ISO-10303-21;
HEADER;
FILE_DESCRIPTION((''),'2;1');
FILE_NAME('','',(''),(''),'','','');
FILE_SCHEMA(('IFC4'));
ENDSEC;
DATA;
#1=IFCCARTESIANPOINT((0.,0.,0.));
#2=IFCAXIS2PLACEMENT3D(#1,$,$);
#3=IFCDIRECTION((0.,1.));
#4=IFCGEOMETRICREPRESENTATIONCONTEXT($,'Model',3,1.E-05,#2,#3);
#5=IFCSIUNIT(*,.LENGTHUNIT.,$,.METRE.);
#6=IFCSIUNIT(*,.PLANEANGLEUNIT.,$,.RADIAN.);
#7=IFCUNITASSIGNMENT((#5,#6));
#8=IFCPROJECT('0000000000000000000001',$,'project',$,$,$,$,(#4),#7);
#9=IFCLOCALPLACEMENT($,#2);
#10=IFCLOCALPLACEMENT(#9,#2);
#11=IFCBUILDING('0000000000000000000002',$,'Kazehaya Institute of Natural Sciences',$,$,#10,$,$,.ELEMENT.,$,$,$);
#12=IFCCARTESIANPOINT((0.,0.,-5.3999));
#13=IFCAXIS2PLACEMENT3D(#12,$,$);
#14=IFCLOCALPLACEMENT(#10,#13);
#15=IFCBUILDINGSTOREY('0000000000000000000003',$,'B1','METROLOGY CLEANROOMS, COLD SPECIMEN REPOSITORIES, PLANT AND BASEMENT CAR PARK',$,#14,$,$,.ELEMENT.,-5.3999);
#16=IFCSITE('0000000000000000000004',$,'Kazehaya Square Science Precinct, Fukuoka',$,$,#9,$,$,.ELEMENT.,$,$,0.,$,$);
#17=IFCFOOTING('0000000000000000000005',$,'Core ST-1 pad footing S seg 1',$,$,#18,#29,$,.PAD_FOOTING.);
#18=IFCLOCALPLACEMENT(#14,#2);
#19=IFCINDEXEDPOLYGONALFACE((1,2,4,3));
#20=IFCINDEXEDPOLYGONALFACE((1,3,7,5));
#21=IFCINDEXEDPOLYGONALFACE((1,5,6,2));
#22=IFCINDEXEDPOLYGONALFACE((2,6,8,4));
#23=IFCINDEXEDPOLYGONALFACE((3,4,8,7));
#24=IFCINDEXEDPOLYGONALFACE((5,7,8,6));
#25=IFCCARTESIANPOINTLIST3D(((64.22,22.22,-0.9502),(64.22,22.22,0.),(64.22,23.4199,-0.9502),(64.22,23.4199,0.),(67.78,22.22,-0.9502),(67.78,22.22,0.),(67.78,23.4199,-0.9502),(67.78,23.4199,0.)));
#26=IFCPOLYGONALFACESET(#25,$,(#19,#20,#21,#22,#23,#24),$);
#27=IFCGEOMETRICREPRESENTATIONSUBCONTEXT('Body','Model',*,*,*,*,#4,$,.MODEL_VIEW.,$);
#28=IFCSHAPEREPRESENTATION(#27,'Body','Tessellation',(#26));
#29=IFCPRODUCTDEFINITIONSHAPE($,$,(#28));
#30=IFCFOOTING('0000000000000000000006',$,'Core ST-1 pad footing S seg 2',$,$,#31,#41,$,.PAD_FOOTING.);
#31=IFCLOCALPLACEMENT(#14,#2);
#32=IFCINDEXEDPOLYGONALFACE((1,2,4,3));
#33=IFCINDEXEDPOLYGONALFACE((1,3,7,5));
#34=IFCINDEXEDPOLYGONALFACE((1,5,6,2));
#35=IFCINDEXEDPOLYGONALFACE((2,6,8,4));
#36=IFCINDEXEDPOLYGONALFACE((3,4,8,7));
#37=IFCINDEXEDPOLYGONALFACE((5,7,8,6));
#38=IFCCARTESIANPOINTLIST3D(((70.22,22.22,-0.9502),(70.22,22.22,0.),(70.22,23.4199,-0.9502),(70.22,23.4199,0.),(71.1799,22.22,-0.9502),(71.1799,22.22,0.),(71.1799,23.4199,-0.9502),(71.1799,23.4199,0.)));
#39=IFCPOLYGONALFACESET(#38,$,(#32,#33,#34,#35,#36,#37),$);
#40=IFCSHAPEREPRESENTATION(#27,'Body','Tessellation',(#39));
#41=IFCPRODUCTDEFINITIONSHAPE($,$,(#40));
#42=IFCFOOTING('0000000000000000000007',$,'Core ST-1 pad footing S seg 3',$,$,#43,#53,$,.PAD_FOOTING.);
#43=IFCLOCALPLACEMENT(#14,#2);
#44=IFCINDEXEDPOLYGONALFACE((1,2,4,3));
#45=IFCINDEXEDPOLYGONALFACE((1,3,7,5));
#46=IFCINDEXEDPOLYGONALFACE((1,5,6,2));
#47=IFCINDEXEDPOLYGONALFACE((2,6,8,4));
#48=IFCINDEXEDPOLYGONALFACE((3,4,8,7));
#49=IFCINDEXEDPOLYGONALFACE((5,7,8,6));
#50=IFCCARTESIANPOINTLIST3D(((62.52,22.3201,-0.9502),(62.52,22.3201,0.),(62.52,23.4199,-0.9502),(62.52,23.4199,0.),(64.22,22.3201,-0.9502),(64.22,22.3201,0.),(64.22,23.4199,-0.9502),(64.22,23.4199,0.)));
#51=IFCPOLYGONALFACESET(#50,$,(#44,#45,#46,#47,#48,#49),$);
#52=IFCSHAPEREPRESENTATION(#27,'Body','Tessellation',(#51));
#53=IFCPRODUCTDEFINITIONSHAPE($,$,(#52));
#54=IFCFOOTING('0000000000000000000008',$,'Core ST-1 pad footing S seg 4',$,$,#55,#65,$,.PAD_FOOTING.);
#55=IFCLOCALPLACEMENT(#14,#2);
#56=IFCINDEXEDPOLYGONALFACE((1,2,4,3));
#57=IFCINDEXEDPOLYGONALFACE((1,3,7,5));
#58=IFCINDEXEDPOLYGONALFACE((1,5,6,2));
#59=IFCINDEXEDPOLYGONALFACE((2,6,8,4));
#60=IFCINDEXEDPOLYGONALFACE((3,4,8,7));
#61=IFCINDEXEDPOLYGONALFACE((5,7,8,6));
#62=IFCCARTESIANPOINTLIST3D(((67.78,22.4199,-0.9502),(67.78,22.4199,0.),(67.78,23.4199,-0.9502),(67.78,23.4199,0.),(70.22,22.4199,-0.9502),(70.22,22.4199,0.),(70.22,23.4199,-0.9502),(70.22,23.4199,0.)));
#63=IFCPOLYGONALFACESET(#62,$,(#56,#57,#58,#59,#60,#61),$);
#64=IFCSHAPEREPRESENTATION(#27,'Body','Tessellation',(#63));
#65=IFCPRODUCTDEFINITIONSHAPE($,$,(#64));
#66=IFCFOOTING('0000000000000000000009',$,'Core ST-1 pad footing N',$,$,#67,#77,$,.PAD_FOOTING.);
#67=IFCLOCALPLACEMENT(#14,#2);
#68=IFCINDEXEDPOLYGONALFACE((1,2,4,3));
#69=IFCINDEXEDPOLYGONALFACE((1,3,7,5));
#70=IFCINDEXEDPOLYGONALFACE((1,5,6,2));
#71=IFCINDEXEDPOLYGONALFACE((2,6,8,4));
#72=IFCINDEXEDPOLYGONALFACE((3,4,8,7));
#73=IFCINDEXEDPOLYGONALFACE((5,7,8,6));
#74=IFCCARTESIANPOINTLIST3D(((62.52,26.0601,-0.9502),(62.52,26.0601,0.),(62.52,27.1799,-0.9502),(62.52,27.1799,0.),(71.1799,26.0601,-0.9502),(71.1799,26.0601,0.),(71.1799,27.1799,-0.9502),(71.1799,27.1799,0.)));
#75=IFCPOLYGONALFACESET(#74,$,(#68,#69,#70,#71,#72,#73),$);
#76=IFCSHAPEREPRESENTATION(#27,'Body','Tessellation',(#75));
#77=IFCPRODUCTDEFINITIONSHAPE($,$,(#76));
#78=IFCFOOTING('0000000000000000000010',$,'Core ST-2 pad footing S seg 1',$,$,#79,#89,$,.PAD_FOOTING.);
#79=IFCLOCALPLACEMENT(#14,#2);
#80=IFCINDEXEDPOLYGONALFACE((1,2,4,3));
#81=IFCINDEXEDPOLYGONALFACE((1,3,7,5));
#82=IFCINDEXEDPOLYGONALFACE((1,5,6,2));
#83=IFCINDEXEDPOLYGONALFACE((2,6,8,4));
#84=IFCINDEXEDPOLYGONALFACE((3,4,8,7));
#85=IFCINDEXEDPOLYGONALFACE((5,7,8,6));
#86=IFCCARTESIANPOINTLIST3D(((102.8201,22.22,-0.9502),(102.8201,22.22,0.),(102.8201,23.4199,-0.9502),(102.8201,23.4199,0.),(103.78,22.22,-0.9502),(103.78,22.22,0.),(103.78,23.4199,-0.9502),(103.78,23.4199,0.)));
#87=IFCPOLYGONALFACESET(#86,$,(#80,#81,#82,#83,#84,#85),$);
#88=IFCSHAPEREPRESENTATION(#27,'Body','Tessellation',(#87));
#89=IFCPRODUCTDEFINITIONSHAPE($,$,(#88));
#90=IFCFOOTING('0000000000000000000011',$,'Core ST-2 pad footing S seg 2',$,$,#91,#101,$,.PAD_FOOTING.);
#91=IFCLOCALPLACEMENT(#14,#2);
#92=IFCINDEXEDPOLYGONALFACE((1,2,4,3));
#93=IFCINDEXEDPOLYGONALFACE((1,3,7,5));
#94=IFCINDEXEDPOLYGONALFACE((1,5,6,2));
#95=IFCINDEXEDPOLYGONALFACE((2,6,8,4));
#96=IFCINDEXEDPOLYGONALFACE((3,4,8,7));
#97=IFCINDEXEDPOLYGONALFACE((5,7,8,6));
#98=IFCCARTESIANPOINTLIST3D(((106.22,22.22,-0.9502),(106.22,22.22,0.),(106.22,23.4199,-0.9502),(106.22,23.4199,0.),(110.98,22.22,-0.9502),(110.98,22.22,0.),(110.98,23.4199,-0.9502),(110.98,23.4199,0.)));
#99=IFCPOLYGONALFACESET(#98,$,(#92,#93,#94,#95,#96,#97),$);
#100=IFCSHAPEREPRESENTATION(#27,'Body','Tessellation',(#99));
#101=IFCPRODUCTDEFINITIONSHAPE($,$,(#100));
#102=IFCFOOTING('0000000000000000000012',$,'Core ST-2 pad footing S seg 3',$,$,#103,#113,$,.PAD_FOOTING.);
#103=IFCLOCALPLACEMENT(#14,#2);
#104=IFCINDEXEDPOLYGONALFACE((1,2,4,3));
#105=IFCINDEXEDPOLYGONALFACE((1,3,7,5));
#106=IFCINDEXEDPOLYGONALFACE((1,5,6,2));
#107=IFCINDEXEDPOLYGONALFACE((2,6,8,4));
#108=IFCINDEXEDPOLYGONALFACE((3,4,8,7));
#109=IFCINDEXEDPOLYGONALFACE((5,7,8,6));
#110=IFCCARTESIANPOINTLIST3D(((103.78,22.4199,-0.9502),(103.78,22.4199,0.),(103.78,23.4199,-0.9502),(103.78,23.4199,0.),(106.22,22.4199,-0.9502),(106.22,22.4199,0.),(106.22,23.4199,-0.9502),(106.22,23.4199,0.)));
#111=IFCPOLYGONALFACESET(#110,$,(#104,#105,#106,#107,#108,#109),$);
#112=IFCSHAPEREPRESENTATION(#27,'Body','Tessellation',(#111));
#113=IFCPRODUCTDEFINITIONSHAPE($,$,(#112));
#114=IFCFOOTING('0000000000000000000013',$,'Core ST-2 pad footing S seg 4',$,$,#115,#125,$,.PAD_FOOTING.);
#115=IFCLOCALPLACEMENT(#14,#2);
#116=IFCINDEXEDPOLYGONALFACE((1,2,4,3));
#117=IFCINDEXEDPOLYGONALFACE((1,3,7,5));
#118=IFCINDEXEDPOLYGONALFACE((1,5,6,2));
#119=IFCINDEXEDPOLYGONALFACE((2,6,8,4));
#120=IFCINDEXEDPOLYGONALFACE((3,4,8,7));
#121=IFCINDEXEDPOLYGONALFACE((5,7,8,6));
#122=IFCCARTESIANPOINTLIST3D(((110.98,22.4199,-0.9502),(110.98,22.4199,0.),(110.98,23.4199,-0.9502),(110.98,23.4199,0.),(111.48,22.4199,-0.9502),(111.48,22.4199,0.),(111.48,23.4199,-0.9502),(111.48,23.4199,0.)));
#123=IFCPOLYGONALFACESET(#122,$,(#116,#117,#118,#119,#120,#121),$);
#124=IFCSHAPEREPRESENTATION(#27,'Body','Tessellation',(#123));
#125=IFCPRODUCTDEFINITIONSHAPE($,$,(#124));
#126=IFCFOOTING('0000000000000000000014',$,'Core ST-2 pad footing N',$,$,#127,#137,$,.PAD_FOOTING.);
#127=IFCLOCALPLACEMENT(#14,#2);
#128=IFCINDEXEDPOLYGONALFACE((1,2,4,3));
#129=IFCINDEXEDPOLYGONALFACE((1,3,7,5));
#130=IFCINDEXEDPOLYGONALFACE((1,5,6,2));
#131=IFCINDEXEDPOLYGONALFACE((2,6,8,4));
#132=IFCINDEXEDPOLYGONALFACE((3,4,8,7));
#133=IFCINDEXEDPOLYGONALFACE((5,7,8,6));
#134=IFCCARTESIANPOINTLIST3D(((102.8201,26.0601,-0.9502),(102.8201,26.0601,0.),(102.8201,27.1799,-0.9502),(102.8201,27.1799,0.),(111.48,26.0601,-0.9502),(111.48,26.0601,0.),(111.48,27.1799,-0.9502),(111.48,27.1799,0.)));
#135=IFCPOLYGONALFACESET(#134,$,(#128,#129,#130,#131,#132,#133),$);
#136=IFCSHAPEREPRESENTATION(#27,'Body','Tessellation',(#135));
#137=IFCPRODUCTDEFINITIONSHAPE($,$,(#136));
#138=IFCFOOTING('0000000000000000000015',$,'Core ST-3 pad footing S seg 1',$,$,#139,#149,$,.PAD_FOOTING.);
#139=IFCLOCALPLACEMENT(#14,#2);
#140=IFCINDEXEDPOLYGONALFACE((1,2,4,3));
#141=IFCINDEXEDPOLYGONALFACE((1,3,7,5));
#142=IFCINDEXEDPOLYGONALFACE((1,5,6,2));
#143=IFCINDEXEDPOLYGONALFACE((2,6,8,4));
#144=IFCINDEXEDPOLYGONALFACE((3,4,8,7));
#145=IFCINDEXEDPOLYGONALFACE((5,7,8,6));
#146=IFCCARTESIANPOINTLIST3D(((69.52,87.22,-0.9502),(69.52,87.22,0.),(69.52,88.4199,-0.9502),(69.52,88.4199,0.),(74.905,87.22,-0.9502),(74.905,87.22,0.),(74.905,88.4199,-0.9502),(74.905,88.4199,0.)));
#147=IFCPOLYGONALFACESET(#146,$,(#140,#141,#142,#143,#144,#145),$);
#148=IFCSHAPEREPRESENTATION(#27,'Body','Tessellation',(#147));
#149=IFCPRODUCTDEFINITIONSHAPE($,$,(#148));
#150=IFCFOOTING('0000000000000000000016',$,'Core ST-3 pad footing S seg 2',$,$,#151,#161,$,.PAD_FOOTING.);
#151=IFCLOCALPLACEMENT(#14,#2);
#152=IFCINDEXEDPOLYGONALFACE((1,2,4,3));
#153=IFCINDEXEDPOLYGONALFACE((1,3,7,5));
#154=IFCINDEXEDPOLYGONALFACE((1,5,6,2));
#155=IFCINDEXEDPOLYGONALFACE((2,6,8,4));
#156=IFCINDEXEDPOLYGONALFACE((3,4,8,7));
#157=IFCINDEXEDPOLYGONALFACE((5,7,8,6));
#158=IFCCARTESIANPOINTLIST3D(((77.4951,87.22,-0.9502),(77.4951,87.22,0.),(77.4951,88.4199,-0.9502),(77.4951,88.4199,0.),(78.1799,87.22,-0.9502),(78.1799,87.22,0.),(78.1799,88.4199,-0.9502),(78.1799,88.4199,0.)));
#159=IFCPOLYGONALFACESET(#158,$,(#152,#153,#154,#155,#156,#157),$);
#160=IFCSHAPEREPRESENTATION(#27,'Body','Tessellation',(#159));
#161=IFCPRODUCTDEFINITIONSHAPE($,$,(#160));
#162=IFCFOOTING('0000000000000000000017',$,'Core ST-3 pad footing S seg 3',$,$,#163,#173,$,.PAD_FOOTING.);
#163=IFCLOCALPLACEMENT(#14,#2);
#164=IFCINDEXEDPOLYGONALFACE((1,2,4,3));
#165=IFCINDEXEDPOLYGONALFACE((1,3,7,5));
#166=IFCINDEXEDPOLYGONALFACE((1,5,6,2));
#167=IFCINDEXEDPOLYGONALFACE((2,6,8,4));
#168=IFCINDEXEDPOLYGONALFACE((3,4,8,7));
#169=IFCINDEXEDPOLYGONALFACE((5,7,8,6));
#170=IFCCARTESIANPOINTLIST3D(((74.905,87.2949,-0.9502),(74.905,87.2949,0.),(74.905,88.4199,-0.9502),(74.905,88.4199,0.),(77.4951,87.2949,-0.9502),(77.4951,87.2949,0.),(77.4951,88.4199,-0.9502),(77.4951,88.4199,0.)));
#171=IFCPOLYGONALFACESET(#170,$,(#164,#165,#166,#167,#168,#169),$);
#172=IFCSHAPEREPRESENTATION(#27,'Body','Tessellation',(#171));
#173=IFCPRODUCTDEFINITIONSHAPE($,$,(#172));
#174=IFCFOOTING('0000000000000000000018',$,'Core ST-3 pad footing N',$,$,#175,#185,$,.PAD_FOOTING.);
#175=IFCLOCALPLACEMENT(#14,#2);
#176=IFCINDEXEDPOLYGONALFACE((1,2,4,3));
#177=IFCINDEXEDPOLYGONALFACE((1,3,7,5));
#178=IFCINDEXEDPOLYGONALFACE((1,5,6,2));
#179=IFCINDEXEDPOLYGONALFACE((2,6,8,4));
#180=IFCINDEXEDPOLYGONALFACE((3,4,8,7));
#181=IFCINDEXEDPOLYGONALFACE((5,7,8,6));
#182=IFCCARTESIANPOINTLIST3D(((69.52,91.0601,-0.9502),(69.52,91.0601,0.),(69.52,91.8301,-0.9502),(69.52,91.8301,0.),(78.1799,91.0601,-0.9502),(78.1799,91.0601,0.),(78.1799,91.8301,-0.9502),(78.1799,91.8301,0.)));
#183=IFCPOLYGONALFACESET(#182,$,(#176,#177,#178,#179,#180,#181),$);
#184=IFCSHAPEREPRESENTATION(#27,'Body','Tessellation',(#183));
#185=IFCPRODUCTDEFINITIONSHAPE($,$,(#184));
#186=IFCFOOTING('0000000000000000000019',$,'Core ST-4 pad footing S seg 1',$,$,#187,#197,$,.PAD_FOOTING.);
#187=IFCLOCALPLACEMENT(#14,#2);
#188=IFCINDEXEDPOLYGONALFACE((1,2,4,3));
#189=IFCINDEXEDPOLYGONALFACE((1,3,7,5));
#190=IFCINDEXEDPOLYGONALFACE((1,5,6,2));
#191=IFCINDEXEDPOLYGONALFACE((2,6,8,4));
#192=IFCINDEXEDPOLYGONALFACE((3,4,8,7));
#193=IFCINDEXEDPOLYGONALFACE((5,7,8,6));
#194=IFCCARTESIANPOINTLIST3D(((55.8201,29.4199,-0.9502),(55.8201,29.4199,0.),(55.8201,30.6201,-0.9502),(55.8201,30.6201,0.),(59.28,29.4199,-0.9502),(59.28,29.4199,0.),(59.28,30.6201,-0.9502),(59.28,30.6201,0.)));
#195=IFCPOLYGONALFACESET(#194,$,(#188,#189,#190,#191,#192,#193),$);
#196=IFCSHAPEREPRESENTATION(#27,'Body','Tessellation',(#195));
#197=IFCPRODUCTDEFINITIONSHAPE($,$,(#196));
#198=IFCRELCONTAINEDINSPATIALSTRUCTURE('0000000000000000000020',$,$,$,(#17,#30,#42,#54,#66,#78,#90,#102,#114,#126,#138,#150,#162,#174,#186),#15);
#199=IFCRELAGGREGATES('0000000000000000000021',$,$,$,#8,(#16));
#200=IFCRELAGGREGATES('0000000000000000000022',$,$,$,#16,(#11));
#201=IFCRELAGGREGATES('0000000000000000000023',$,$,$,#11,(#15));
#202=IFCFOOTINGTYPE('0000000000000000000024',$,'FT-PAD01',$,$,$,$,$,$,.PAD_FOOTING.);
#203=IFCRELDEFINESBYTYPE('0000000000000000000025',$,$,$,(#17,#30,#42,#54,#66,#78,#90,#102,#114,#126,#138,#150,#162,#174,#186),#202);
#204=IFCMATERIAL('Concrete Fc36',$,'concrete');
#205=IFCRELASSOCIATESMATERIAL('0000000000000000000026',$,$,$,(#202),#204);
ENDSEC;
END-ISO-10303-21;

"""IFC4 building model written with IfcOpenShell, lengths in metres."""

from ifc_helpers import new_model, si_unit, direction, frame, origin, place, context, subcontext, project, spatial, polyline, outline, extrude, material, type_object, element, save


model = new_model("IFC4")

# Units and contexts
model_context = context("Model", 3, precision=1e-05, world=origin(), true_north=direction((0.0, 1.0)))
body_context = subcontext(model_context, "Body", "Model", "MODEL_VIEW")
ifc_project = project(units=[si_unit("LENGTHUNIT", "METRE"), si_unit("PLANEANGLEUNIT", "RADIAN")], contexts=[model_context])

# Site, building, storey
site_placement = place(None, origin())
site = spatial("IfcSite", under=ifc_project, at=site_placement, Name="Kazehaya Square Science Precinct, Fukuoka", CompositionType="ELEMENT", RefElevation=0.0)
building_placement = place(site_placement, origin())
building = spatial("IfcBuilding", under=site, at=building_placement, Name="Kazehaya Institute of Natural Sciences", CompositionType="ELEMENT")
storey_placement = place(building_placement, frame((0.0, 0.0, -5.3999)))
storey = spatial("IfcBuildingStorey", under=building, at=storey_placement, Name="B1", Description="METROLOGY CLEANROOMS, COLD SPECIMEN REPOSITORIES, PLANT AND BASEMENT CAR PARK", CompositionType="ELEMENT", Elevation=-5.3999)

# Footings
ifc_material = material(Name="Concrete Fc36", Category="concrete")
footing_type_1 = type_object("IfcFootingType", Name="FT-PAD01", PredefinedType="PAD_FOOTING", material=ifc_material)
footing_1_placement = place(storey_placement, frame((0.0, 0.0, -0.9502)))
element("IfcFooting", 1, at=footing_1_placement, inside=storey, type_object=footing_type_1, Name="Core ST-1 pad footing S seg 1", PredefinedType="PAD_FOOTING", context=body_context, shape_type="SweptSolid", body=[
    extrude(outline(polyline([(64.22, 22.22), (67.78, 22.22), (67.78, 23.4199), (64.22, 23.4199), (64.22, 22.22)])), origin(), (0.0, 0.0, 1.0), 0.9502),
])
footing_2_placement = place(storey_placement, frame((0.0, 0.0, -0.9502)))
element("IfcFooting", 2, at=footing_2_placement, inside=storey, type_object=footing_type_1, Name="Core ST-1 pad footing S seg 2", PredefinedType="PAD_FOOTING", context=body_context, shape_type="SweptSolid", body=[
    extrude(outline(polyline([(70.22, 22.22), (71.1799, 22.22), (71.1799, 23.4199), (70.22, 23.4199), (70.22, 22.22)])), origin(), (0.0, 0.0, 1.0), 0.9502),
])
footing_3_placement = place(storey_placement, frame((0.0, 0.0, -0.9502)))
element("IfcFooting", 3, at=footing_3_placement, inside=storey, type_object=footing_type_1, Name="Core ST-1 pad footing S seg 3", PredefinedType="PAD_FOOTING", context=body_context, shape_type="SweptSolid", body=[
    extrude(outline(polyline([(62.52, 22.3201), (64.22, 22.3201), (64.22, 23.4199), (62.52, 23.4199), (62.52, 22.3201)])), origin(), (0.0, 0.0, 1.0), 0.9502),
])
footing_4_placement = place(storey_placement, frame((0.0, 0.0, -0.9502)))
element("IfcFooting", 4, at=footing_4_placement, inside=storey, type_object=footing_type_1, Name="Core ST-1 pad footing S seg 4", PredefinedType="PAD_FOOTING", context=body_context, shape_type="SweptSolid", body=[
    extrude(outline(polyline([(67.78, 22.4199), (70.22, 22.4199), (70.22, 23.4199), (67.78, 23.4199), (67.78, 22.4199)])), origin(), (0.0, 0.0, 1.0), 0.9502),
])
footing_5_placement = place(storey_placement, frame((0.0, 0.0, -0.9502)))
element("IfcFooting", 5, at=footing_5_placement, inside=storey, type_object=footing_type_1, Name="Core ST-1 pad footing N", PredefinedType="PAD_FOOTING", context=body_context, shape_type="SweptSolid", body=[
    extrude(outline(polyline([(62.52, 26.0601), (71.1799, 26.0601), (71.1799, 27.1799), (62.52, 27.1799), (62.52, 26.0601)])), origin(), (0.0, 0.0, 1.0), 0.9502),
])
footing_6_placement = place(storey_placement, frame((0.0, 0.0, -0.9502)))
element("IfcFooting", 6, at=footing_6_placement, inside=storey, type_object=footing_type_1, Name="Core ST-2 pad footing S seg 1", PredefinedType="PAD_FOOTING", context=body_context, shape_type="SweptSolid", body=[
    extrude(outline(polyline([(102.8201, 22.22), (103.78, 22.22), (103.78, 23.4199), (102.8201, 23.4199), (102.8201, 22.22)])), origin(), (0.0, 0.0, 1.0), 0.9502),
])
footing_7_placement = place(storey_placement, frame((0.0, 0.0, -0.9502)))
element("IfcFooting", 7, at=footing_7_placement, inside=storey, type_object=footing_type_1, Name="Core ST-2 pad footing S seg 2", PredefinedType="PAD_FOOTING", context=body_context, shape_type="SweptSolid", body=[
    extrude(outline(polyline([(106.22, 22.22), (110.98, 22.22), (110.98, 23.4199), (106.22, 23.4199), (106.22, 22.22)])), origin(), (0.0, 0.0, 1.0), 0.9502),
])
footing_8_placement = place(storey_placement, frame((0.0, 0.0, -0.9502)))
element("IfcFooting", 8, at=footing_8_placement, inside=storey, type_object=footing_type_1, Name="Core ST-2 pad footing S seg 3", PredefinedType="PAD_FOOTING", context=body_context, shape_type="SweptSolid", body=[
    extrude(outline(polyline([(103.78, 22.4199), (106.22, 22.4199), (106.22, 23.4199), (103.78, 23.4199), (103.78, 22.4199)])), origin(), (0.0, 0.0, 1.0), 0.9502),
])
footing_9_placement = place(storey_placement, frame((0.0, 0.0, -0.9502)))
element("IfcFooting", 9, at=footing_9_placement, inside=storey, type_object=footing_type_1, Name="Core ST-2 pad footing S seg 4", PredefinedType="PAD_FOOTING", context=body_context, shape_type="SweptSolid", body=[
    extrude(outline(polyline([(110.98, 22.4199), (111.48, 22.4199), (111.48, 23.4199), (110.98, 23.4199), (110.98, 22.4199)])), origin(), (0.0, 0.0, 1.0), 0.9502),
])
footing_10_placement = place(storey_placement, frame((0.0, 0.0, -0.9502)))
element("IfcFooting", 10, at=footing_10_placement, inside=storey, type_object=footing_type_1, Name="Core ST-2 pad footing N", PredefinedType="PAD_FOOTING", context=body_context, shape_type="SweptSolid", body=[
    extrude(outline(polyline([(102.8201, 26.0601), (111.48, 26.0601), (111.48, 27.1799), (102.8201, 27.1799), (102.8201, 26.0601)])), origin(), (0.0, 0.0, 1.0), 0.9502),
])
footing_11_placement = place(storey_placement, frame((0.0, 0.0, -0.9502)))
element("IfcFooting", 11, at=footing_11_placement, inside=storey, type_object=footing_type_1, Name="Core ST-3 pad footing S seg 1", PredefinedType="PAD_FOOTING", context=body_context, shape_type="SweptSolid", body=[
    extrude(outline(polyline([(69.52, 87.22), (74.905, 87.22), (74.905, 88.4199), (69.52, 88.4199), (69.52, 87.22)])), origin(), (0.0, 0.0, 1.0), 0.9502),
])
footing_12_placement = place(storey_placement, frame((0.0, 0.0, -0.9502)))
element("IfcFooting", 12, at=footing_12_placement, inside=storey, type_object=footing_type_1, Name="Core ST-3 pad footing S seg 2", PredefinedType="PAD_FOOTING", context=body_context, shape_type="SweptSolid", body=[
    extrude(outline(polyline([(77.4951, 87.22), (78.1799, 87.22), (78.1799, 88.4199), (77.4951, 88.4199), (77.4951, 87.22)])), origin(), (0.0, 0.0, 1.0), 0.9502),
])
footing_13_placement = place(storey_placement, frame((0.0, 0.0, -0.9502)))
element("IfcFooting", 13, at=footing_13_placement, inside=storey, type_object=footing_type_1, Name="Core ST-3 pad footing S seg 3", PredefinedType="PAD_FOOTING", context=body_context, shape_type="SweptSolid", body=[
    extrude(outline(polyline([(74.905, 87.2949), (77.4951, 87.2949), (77.4951, 88.4199), (74.905, 88.4199), (74.905, 87.2949)])), origin(), (0.0, 0.0, 1.0), 0.9502),
])
footing_14_placement = place(storey_placement, frame((0.0, 0.0, -0.9502)))
element("IfcFooting", 14, at=footing_14_placement, inside=storey, type_object=footing_type_1, Name="Core ST-3 pad footing N", PredefinedType="PAD_FOOTING", context=body_context, shape_type="SweptSolid", body=[
    extrude(outline(polyline([(69.52, 91.0601), (78.1799, 91.0601), (78.1799, 91.8301), (69.52, 91.8301), (69.52, 91.0601)])), origin(), (0.0, 0.0, 1.0), 0.9502),
])
footing_15_placement = place(storey_placement, frame((0.0, 0.0, -0.9502)))
element("IfcFooting", 15, at=footing_15_placement, inside=storey, type_object=footing_type_1, Name="Core ST-4 pad footing S seg 1", PredefinedType="PAD_FOOTING", context=body_context, shape_type="SweptSolid", body=[
    extrude(outline(polyline([(55.8201, 29.4199), (59.28, 29.4199), (59.28, 30.6201), (55.8201, 30.6201), (55.8201, 29.4199)])), origin(), (0.0, 0.0, 1.0), 0.9502),
])

save(model, "model.ifc")
